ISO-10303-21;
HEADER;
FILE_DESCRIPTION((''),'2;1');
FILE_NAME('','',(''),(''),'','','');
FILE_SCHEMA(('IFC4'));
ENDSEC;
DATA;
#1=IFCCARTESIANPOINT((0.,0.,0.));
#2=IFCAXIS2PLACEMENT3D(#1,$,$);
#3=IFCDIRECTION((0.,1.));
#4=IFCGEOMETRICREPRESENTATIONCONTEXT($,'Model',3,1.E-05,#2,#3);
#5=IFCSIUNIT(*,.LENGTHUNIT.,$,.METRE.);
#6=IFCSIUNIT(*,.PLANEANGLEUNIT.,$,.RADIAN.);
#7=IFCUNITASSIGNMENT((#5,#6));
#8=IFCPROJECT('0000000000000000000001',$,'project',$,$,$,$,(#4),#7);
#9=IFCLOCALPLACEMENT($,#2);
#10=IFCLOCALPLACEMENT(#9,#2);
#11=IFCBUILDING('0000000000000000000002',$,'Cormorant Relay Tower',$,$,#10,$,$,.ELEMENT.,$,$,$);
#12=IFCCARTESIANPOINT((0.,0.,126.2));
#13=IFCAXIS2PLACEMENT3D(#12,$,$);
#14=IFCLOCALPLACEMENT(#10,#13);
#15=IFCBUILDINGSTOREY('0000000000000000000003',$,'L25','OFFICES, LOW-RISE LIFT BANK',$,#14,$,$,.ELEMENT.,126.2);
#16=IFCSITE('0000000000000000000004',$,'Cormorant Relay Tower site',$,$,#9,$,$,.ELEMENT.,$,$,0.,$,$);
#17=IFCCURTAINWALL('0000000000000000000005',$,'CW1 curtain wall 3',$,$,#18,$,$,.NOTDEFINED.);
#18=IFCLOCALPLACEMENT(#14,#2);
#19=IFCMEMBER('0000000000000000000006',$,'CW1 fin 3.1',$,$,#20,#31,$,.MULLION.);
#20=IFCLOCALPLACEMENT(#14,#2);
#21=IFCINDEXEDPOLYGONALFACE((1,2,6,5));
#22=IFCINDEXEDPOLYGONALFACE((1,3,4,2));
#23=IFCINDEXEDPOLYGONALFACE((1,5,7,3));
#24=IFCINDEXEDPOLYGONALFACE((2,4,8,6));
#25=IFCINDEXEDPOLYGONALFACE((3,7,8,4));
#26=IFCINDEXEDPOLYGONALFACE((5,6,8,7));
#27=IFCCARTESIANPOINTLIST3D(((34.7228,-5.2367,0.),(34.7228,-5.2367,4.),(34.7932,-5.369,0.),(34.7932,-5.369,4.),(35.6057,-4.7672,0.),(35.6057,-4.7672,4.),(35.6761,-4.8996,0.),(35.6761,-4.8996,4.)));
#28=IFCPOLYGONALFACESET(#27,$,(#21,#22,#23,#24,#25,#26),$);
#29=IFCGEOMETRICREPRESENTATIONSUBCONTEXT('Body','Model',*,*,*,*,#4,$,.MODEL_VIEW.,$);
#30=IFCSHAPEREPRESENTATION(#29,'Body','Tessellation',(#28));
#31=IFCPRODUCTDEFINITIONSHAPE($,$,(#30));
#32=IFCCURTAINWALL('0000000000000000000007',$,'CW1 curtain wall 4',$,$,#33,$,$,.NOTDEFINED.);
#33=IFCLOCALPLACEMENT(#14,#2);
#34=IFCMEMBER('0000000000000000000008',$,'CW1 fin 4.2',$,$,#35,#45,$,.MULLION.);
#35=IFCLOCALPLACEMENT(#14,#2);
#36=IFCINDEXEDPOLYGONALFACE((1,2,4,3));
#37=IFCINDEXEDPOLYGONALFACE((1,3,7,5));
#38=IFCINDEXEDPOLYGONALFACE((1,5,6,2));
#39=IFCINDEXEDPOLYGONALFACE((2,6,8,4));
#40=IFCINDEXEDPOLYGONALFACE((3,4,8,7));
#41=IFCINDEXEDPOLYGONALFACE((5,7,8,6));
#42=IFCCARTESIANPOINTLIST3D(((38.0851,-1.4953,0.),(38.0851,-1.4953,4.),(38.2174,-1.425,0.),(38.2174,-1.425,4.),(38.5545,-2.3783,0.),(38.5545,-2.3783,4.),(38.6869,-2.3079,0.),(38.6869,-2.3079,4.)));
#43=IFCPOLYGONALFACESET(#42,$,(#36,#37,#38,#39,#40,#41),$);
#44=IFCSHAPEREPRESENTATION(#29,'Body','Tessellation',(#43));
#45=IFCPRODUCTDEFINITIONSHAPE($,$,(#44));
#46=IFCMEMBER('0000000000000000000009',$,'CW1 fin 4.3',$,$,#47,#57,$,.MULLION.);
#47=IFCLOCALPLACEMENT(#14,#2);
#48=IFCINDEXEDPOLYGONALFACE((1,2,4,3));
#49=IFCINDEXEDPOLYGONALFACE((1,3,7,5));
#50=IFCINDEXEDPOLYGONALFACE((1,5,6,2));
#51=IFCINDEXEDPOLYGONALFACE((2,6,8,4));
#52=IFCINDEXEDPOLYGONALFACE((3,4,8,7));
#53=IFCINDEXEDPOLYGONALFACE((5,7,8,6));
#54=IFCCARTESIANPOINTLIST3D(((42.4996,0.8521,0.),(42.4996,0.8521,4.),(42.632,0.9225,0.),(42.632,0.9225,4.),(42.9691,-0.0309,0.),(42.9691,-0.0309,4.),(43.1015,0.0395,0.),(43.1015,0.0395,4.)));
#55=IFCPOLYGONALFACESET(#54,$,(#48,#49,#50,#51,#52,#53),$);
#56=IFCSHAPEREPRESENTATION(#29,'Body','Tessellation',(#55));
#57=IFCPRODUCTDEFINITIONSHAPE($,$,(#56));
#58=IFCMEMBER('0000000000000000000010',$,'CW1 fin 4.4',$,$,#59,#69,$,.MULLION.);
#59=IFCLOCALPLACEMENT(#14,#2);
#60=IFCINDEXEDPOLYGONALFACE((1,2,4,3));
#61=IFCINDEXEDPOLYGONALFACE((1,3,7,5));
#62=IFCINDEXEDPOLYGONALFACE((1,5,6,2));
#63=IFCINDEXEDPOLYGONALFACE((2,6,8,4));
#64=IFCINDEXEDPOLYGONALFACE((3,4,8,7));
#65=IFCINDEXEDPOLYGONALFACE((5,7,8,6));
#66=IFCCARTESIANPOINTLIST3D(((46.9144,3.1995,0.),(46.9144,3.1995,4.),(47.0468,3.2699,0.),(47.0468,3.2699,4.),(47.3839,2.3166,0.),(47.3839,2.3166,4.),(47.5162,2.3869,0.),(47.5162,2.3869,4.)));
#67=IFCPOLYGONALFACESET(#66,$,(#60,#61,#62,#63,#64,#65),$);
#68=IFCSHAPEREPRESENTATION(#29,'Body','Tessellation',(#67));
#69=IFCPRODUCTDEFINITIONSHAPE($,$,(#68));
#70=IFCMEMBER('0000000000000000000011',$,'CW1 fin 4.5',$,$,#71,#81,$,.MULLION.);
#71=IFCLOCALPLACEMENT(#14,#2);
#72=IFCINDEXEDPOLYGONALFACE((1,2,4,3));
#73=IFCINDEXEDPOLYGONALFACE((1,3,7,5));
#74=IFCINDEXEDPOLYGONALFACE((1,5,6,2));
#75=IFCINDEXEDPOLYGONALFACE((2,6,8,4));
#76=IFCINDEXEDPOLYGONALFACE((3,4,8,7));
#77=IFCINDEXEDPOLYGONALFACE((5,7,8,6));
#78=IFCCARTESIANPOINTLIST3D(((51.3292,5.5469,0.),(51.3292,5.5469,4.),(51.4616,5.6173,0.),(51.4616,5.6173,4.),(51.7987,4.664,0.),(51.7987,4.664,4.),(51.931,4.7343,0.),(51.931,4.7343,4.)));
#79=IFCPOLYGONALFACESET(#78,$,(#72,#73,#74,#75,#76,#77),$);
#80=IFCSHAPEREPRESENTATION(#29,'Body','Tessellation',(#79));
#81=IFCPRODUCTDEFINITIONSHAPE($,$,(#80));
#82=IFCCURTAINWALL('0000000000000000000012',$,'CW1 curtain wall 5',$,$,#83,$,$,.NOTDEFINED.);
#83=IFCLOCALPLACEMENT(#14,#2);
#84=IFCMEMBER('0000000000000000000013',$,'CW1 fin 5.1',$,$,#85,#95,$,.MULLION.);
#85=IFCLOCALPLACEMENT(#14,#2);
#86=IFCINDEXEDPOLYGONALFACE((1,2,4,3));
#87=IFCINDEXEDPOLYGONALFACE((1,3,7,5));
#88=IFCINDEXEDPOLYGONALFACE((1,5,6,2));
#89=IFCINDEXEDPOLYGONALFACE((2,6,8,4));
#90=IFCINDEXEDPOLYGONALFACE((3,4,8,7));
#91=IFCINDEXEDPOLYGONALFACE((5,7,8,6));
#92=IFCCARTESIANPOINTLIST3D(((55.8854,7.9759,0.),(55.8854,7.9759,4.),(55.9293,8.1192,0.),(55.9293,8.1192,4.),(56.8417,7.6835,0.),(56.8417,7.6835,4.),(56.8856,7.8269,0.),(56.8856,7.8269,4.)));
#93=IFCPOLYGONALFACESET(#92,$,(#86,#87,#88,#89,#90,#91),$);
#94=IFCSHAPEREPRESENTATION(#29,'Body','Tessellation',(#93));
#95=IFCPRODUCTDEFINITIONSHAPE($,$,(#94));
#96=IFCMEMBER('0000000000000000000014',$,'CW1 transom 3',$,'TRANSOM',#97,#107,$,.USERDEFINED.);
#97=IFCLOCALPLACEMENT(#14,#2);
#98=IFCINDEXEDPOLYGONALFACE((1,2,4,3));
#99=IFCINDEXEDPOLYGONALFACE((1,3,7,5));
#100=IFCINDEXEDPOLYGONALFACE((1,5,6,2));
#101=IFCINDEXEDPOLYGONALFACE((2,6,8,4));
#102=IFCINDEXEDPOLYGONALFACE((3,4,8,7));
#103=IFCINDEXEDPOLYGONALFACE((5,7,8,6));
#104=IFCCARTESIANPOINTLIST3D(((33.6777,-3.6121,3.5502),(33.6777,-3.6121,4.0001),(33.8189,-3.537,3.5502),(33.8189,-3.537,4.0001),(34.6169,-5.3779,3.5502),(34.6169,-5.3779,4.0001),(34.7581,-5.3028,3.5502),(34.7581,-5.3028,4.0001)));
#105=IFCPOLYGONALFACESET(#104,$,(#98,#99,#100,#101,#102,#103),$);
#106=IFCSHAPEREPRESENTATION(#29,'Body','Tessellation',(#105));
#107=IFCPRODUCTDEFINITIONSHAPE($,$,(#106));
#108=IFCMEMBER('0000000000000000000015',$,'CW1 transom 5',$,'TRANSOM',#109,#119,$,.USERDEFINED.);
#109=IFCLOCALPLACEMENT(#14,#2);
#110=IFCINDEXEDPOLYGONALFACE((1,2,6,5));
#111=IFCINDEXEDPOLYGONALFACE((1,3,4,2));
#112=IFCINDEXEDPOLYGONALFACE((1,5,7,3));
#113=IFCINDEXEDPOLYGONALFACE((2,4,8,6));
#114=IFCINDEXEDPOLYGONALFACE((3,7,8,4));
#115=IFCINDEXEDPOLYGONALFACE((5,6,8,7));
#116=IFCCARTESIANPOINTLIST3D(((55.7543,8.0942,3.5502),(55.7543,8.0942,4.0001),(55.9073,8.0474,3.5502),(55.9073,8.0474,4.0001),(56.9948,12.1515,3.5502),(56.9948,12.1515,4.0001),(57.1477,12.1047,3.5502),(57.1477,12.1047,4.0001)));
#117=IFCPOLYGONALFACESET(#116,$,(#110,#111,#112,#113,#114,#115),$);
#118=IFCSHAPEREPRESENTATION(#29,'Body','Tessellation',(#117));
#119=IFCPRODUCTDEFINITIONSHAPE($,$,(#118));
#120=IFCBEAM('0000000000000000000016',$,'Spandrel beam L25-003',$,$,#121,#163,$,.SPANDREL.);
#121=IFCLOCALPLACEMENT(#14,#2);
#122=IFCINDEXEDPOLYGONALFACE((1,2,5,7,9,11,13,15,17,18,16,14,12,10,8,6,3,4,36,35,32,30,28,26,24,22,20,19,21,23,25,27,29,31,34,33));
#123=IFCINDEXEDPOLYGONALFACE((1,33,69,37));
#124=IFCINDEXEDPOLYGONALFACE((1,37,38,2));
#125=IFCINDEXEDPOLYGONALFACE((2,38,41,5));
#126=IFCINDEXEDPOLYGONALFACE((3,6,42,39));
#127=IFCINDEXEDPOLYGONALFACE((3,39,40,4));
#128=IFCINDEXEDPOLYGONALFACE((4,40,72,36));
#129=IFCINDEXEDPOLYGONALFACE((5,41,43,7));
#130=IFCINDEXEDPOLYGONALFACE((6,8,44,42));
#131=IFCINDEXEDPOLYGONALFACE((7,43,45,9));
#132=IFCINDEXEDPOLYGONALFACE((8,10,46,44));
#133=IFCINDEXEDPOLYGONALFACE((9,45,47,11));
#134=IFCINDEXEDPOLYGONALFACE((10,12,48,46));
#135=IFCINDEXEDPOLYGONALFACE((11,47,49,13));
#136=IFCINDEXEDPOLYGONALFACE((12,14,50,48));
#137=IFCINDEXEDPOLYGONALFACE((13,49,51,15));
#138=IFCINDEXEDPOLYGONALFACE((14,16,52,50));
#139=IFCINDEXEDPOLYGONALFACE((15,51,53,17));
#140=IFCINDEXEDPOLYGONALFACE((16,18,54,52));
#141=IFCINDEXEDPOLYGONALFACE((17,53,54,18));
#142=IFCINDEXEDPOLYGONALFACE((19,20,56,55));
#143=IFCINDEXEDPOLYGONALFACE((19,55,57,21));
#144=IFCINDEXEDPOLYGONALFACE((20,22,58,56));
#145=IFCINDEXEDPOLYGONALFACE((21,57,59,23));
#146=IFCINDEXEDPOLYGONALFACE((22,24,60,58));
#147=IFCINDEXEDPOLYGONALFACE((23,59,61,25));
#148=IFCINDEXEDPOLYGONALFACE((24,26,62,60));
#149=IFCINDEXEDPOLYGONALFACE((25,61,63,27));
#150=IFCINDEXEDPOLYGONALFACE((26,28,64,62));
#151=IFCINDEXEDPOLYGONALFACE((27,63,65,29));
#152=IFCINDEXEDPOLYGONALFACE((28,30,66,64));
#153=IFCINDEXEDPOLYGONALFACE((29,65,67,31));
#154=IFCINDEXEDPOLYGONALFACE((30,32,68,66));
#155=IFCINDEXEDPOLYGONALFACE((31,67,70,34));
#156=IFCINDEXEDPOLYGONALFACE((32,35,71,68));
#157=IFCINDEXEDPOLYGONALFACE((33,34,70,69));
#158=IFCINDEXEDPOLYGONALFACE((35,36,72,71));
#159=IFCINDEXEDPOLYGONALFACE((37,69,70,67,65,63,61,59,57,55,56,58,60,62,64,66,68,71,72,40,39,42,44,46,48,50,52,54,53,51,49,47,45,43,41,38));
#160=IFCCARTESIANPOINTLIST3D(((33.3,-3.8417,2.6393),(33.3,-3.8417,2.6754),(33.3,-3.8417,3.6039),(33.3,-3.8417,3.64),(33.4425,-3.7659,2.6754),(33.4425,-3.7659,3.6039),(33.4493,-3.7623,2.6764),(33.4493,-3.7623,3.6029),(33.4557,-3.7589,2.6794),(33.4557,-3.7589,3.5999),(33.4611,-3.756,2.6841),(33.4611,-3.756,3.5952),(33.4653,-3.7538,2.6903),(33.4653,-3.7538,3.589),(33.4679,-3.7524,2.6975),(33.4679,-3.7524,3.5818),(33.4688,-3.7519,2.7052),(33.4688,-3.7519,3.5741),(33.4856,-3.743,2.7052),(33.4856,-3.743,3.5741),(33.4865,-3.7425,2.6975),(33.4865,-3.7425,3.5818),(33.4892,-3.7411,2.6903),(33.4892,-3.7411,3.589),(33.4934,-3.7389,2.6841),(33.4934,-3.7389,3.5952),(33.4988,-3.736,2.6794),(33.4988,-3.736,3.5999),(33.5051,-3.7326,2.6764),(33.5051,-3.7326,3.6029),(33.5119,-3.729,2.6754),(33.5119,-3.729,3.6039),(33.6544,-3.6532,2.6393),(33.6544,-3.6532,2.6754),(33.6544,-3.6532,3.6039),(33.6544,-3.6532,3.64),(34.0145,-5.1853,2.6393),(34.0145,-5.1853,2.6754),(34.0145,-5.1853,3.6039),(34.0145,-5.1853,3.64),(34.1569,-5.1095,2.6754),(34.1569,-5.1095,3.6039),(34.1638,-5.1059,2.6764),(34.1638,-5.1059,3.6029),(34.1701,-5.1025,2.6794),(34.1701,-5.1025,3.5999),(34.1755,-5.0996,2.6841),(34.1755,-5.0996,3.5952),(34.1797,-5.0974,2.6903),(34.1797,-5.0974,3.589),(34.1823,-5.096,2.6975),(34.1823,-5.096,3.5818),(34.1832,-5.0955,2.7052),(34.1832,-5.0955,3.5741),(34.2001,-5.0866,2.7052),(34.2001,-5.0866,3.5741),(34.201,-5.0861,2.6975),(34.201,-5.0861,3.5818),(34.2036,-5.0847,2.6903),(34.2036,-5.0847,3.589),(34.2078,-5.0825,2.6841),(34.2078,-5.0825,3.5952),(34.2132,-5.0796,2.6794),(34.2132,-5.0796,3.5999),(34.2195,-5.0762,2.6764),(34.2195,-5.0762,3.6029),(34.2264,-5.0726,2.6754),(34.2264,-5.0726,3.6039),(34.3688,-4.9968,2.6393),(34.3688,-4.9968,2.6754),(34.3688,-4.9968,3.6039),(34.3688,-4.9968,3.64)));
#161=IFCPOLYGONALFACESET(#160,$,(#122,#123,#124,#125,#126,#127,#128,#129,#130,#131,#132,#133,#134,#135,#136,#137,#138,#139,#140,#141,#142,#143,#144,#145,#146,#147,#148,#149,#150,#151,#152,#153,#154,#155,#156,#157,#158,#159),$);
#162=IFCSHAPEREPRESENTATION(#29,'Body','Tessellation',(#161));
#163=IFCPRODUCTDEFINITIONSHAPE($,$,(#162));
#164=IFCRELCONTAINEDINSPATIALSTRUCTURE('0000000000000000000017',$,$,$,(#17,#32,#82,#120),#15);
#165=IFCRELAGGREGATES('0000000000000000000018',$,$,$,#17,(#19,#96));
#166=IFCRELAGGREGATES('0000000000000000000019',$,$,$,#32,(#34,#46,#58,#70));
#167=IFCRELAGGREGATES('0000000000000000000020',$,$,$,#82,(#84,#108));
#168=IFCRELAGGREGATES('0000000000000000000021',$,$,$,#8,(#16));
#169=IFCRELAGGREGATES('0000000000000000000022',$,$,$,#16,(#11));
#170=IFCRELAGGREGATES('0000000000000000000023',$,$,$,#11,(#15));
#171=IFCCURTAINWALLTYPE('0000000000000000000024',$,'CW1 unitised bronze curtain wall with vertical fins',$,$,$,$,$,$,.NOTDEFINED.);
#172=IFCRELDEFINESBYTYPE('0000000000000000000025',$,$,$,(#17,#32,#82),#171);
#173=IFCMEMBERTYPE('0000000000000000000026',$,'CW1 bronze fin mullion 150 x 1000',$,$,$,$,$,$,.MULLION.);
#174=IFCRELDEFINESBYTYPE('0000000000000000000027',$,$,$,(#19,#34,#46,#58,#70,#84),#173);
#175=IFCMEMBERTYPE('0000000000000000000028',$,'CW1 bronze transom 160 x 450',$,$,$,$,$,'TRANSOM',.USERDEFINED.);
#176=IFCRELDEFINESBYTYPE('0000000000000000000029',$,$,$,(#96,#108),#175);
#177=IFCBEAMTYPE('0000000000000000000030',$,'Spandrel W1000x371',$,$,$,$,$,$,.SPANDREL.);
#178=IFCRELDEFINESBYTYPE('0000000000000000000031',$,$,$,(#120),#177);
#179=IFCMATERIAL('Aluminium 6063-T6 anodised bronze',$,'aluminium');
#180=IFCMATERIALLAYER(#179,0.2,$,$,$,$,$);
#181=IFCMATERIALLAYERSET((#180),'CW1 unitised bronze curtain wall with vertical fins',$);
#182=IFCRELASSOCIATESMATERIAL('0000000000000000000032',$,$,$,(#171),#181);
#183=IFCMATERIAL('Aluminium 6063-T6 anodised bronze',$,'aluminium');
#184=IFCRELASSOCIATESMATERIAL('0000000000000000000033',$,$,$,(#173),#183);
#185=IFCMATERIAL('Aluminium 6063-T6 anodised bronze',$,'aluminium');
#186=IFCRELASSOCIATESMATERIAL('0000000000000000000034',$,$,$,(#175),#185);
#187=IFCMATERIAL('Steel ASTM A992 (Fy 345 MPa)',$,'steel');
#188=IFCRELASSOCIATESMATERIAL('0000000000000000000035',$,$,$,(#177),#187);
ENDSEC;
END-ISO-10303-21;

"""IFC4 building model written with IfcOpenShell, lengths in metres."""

from ifc_helpers import new_model, si_unit, direction, frame, origin, origin_2d, place, context, subcontext, project, spatial, rectangle, i_section, extrude, material, layer, layer_set, material_profile, profile_set, type_object, element, aggregate, save


model = new_model("IFC4")

# Units and contexts
model_context = context("Model", 3, precision=1e-05, world=origin(), true_north=direction((0.0, 1.0)))
body_context = subcontext(model_context, "Body", "Model", "MODEL_VIEW")
ifc_project = project(units=[si_unit("LENGTHUNIT", "METRE"), si_unit("PLANEANGLEUNIT", "RADIAN")], contexts=[model_context])

# Site, building, storey
site_placement = place(None, origin())
site = spatial("IfcSite", under=ifc_project, at=site_placement, Name="Cormorant Relay Tower site", CompositionType="ELEMENT", RefElevation=0.0)
building_placement = place(site_placement, origin())
building = spatial("IfcBuilding", under=site, at=building_placement, Name="Cormorant Relay Tower", CompositionType="ELEMENT")
storey_placement = place(building_placement, frame((0.0, 0.0, 126.2)))
storey = spatial("IfcBuildingStorey", under=building, at=storey_placement, Name="L25", Description="OFFICES, LOW-RISE LIFT BANK", CompositionType="ELEMENT", Elevation=126.2)

# Curtain wall, member
ifc_material_1 = material(Name="Aluminium 6063-T6 anodised bronze", Category="aluminium")
ifc_layer_1 = layer(ifc_material_1, 0.2)
ifc_layer_set_1 = layer_set([ifc_layer_1], Name="CW1 unitised bronze curtain wall with vertical fins")
curtain_wall_type = type_object("IfcCurtainWallType", Name="CW1 unitised bronze curtain wall with vertical fins", PredefinedType="NOTDEFINED", material=ifc_layer_set_1)
curtain_wall_1_placement = place(storey_placement, origin())
curtain_wall_1 = element("IfcCurtainWall", 1, at=curtain_wall_1_placement, inside=storey, type_object=curtain_wall_type, Name="CW1 curtain wall 3", PredefinedType="NOTDEFINED")
ifc_material_2 = material(Name="Aluminium 6063-T6 anodised bronze", Category="aluminium")
ifc_material_profile_1 = material_profile(ifc_material_2, rectangle(XDim=0.1499, YDim=1.0, at=origin_2d()), Name="AL 150x1000")
ifc_profile_set_1 = profile_set([ifc_material_profile_1], Name="Aluminium 6063-T6 anodised bronze")
member_type_1 = type_object("IfcMemberType", Name="CW1 bronze fin mullion 150 x 1000", PredefinedType="MULLION", material=ifc_profile_set_1)
member_1_placement = place(storey_placement, frame((35.1995, -5.0681, 0.0), z_axis=(0.0, 0.0, 1.0), x_axis=(-0.469472, 0.882948, 0.0)))
member_1 = element("IfcMember", 2, at=member_1_placement, type_object=member_type_1, Name="CW1 fin 3.1", PredefinedType="MULLION", context=body_context, shape_type="SweptSolid", body=[
    extrude(rectangle(XDim=0.1499, YDim=1.0, at=origin_2d()), origin(), (0.0, 0.0, 1.0), 4.0),
])

# Curtain wall, members
curtain_wall_2_placement = place(storey_placement, origin())
curtain_wall_2 = element("IfcCurtainWall", 3, at=curtain_wall_2_placement, inside=storey, type_object=curtain_wall_type, Name="CW1 curtain wall 4", PredefinedType="NOTDEFINED")
member_2_placement = place(storey_placement, frame((38.386, -1.9016, 0.0), z_axis=(0.0, 0.0, 1.0), x_axis=(0.882948, 0.469472, 0.0)))
member_2 = element("IfcMember", 4, at=member_2_placement, type_object=member_type_1, Name="CW1 fin 4.2", PredefinedType="MULLION", context=body_context, shape_type="SweptSolid", body=[
    extrude(rectangle(XDim=0.1499, YDim=1.0, at=origin_2d()), origin(), (0.0, 0.0, 1.0), 4.0),
])
member_3_placement = place(storey_placement, frame((42.8005, 0.4458, 0.0), z_axis=(0.0, 0.0, 1.0), x_axis=(0.882948, 0.469472, 0.0)))
member_3 = element("IfcMember", 5, at=member_3_placement, type_object=member_type_1, Name="CW1 fin 4.3", PredefinedType="MULLION", context=body_context, shape_type="SweptSolid", body=[
    extrude(rectangle(XDim=0.1499, YDim=1.0, at=origin_2d()), origin(), (0.0, 0.0, 1.0), 4.0),
])
member_4_placement = place(storey_placement, frame((47.2153, 2.7932, 0.0), z_axis=(0.0, 0.0, 1.0), x_axis=(0.882948, 0.469472, 0.0)))
member_4 = element("IfcMember", 6, at=member_4_placement, type_object=member_type_1, Name="CW1 fin 4.4", PredefinedType="MULLION", context=body_context, shape_type="SweptSolid", body=[
    extrude(rectangle(XDim=0.1499, YDim=1.0, at=origin_2d()), origin(), (0.0, 0.0, 1.0), 4.0),
])
member_5_placement = place(storey_placement, frame((51.6301, 5.1406, 0.0), z_axis=(0.0, 0.0, 1.0), x_axis=(0.882948, 0.469472, 0.0)))
member_5 = element("IfcMember", 7, at=member_5_placement, type_object=member_type_1, Name="CW1 fin 4.5", PredefinedType="MULLION", context=body_context, shape_type="SweptSolid", body=[
    extrude(rectangle(XDim=0.1499, YDim=1.0, at=origin_2d()), origin(), (0.0, 0.0, 1.0), 4.0),
])

# Curtain wall, member
curtain_wall_3_placement = place(storey_placement, origin())
curtain_wall_3 = element("IfcCurtainWall", 8, at=curtain_wall_3_placement, inside=storey, type_object=curtain_wall_type, Name="CW1 curtain wall 5", PredefinedType="NOTDEFINED")
member_6_placement = place(storey_placement, frame((56.3855, 7.9014, 0.0), z_axis=(0.0, 0.0, 1.0), x_axis=(0.292372, 0.956305, 0.0)))
member_6 = element("IfcMember", 9, at=member_6_placement, type_object=member_type_1, Name="CW1 fin 5.1", PredefinedType="MULLION", context=body_context, shape_type="SweptSolid", body=[
    extrude(rectangle(XDim=0.1499, YDim=1.0, at=origin_2d()), origin(), (0.0, 0.0, 1.0), 4.0),
])

# Members
ifc_material_3 = material(Name="Aluminium 6063-T6 anodised bronze", Category="aluminium")
ifc_material_profile_2 = material_profile(ifc_material_3, rectangle(XDim=0.1599, YDim=0.45, at=origin_2d()), Name="AL 160x450")
ifc_profile_set_2 = profile_set([ifc_material_profile_2], Name="Aluminium 6063-T6 anodised bronze")
member_type_2 = type_object("IfcMemberType", Name="CW1 bronze transom 160 x 450", ElementType="TRANSOM", PredefinedType="USERDEFINED", material=ifc_profile_set_2)
member_7_placement = place(storey_placement, frame((34.6875, -5.3403, 3.7751), z_axis=(-0.469581, 0.88289, 0.0), x_axis=(-0.88289, -0.469581, 0.0)))
member_7 = element("IfcMember", 10, at=member_7_placement, type_object=member_type_2, Name="CW1 transom 3", ObjectType="TRANSOM", PredefinedType="USERDEFINED", context=body_context, shape_type="SweptSolid", body=[
    extrude(rectangle(XDim=0.1599, YDim=0.45, at=origin_2d()), origin(), (0.0, 0.0, 1.0), 2.0),
])
member_8_placement = place(storey_placement, frame((55.8308, 8.0708, 3.7751), z_axis=(0.292375, 0.956304, 0.0), x_axis=(-0.956304, 0.292375, 0.0)))
member_8 = element("IfcMember", 11, at=member_8_placement, type_object=member_type_2, Name="CW1 transom 5", ObjectType="TRANSOM", PredefinedType="USERDEFINED", context=body_context, shape_type="SweptSolid", body=[
    extrude(rectangle(XDim=0.1599, YDim=0.45, at=origin_2d()), origin(), (0.0, 0.0, 1.0), 4.2427),
])

# Beam
ifc_material_4 = material(Name="Steel ASTM A992 (Fy 345 MPa)", Category="steel")
ifc_material_profile_3 = material_profile(ifc_material_4, i_section(OverallWidth=0.4014, OverallDepth=1.0007, WebThickness=0.019, FlangeThickness=0.0361, FilletRadius=0.0298, at=origin_2d()), Name="W1000x371")
ifc_profile_set_3 = profile_set([ifc_material_profile_3], Name="Steel ASTM A992 (Fy 345 MPa)")
beam_type = type_object("IfcBeamType", Name="Spandrel W1000x371", PredefinedType="SPANDREL", material=ifc_profile_set_3)
beam_1_placement = place(storey_placement, frame((34.1917, -5.0911, 3.1396), z_axis=(-0.469472, 0.882947, 0.0), x_axis=(-0.882947, -0.469472, 0.0)))
element("IfcBeam", 12, at=beam_1_placement, inside=storey, type_object=beam_type, Name="Spandrel beam L25-003", PredefinedType="SPANDREL", context=body_context, shape_type="SweptSolid", body=[
    extrude(i_section(OverallWidth=0.4014, OverallDepth=1.0007, WebThickness=0.019, FlangeThickness=0.0361, FilletRadius=0.0298, at=origin_2d()), origin(), (0.0, 0.0, 1.0), 1.5217),
])

aggregate(curtain_wall_1, [member_1, member_7])
aggregate(curtain_wall_2, [member_2, member_3, member_4, member_5])
aggregate(curtain_wall_3, [member_6, member_8])

save(model, "model.ifc")
